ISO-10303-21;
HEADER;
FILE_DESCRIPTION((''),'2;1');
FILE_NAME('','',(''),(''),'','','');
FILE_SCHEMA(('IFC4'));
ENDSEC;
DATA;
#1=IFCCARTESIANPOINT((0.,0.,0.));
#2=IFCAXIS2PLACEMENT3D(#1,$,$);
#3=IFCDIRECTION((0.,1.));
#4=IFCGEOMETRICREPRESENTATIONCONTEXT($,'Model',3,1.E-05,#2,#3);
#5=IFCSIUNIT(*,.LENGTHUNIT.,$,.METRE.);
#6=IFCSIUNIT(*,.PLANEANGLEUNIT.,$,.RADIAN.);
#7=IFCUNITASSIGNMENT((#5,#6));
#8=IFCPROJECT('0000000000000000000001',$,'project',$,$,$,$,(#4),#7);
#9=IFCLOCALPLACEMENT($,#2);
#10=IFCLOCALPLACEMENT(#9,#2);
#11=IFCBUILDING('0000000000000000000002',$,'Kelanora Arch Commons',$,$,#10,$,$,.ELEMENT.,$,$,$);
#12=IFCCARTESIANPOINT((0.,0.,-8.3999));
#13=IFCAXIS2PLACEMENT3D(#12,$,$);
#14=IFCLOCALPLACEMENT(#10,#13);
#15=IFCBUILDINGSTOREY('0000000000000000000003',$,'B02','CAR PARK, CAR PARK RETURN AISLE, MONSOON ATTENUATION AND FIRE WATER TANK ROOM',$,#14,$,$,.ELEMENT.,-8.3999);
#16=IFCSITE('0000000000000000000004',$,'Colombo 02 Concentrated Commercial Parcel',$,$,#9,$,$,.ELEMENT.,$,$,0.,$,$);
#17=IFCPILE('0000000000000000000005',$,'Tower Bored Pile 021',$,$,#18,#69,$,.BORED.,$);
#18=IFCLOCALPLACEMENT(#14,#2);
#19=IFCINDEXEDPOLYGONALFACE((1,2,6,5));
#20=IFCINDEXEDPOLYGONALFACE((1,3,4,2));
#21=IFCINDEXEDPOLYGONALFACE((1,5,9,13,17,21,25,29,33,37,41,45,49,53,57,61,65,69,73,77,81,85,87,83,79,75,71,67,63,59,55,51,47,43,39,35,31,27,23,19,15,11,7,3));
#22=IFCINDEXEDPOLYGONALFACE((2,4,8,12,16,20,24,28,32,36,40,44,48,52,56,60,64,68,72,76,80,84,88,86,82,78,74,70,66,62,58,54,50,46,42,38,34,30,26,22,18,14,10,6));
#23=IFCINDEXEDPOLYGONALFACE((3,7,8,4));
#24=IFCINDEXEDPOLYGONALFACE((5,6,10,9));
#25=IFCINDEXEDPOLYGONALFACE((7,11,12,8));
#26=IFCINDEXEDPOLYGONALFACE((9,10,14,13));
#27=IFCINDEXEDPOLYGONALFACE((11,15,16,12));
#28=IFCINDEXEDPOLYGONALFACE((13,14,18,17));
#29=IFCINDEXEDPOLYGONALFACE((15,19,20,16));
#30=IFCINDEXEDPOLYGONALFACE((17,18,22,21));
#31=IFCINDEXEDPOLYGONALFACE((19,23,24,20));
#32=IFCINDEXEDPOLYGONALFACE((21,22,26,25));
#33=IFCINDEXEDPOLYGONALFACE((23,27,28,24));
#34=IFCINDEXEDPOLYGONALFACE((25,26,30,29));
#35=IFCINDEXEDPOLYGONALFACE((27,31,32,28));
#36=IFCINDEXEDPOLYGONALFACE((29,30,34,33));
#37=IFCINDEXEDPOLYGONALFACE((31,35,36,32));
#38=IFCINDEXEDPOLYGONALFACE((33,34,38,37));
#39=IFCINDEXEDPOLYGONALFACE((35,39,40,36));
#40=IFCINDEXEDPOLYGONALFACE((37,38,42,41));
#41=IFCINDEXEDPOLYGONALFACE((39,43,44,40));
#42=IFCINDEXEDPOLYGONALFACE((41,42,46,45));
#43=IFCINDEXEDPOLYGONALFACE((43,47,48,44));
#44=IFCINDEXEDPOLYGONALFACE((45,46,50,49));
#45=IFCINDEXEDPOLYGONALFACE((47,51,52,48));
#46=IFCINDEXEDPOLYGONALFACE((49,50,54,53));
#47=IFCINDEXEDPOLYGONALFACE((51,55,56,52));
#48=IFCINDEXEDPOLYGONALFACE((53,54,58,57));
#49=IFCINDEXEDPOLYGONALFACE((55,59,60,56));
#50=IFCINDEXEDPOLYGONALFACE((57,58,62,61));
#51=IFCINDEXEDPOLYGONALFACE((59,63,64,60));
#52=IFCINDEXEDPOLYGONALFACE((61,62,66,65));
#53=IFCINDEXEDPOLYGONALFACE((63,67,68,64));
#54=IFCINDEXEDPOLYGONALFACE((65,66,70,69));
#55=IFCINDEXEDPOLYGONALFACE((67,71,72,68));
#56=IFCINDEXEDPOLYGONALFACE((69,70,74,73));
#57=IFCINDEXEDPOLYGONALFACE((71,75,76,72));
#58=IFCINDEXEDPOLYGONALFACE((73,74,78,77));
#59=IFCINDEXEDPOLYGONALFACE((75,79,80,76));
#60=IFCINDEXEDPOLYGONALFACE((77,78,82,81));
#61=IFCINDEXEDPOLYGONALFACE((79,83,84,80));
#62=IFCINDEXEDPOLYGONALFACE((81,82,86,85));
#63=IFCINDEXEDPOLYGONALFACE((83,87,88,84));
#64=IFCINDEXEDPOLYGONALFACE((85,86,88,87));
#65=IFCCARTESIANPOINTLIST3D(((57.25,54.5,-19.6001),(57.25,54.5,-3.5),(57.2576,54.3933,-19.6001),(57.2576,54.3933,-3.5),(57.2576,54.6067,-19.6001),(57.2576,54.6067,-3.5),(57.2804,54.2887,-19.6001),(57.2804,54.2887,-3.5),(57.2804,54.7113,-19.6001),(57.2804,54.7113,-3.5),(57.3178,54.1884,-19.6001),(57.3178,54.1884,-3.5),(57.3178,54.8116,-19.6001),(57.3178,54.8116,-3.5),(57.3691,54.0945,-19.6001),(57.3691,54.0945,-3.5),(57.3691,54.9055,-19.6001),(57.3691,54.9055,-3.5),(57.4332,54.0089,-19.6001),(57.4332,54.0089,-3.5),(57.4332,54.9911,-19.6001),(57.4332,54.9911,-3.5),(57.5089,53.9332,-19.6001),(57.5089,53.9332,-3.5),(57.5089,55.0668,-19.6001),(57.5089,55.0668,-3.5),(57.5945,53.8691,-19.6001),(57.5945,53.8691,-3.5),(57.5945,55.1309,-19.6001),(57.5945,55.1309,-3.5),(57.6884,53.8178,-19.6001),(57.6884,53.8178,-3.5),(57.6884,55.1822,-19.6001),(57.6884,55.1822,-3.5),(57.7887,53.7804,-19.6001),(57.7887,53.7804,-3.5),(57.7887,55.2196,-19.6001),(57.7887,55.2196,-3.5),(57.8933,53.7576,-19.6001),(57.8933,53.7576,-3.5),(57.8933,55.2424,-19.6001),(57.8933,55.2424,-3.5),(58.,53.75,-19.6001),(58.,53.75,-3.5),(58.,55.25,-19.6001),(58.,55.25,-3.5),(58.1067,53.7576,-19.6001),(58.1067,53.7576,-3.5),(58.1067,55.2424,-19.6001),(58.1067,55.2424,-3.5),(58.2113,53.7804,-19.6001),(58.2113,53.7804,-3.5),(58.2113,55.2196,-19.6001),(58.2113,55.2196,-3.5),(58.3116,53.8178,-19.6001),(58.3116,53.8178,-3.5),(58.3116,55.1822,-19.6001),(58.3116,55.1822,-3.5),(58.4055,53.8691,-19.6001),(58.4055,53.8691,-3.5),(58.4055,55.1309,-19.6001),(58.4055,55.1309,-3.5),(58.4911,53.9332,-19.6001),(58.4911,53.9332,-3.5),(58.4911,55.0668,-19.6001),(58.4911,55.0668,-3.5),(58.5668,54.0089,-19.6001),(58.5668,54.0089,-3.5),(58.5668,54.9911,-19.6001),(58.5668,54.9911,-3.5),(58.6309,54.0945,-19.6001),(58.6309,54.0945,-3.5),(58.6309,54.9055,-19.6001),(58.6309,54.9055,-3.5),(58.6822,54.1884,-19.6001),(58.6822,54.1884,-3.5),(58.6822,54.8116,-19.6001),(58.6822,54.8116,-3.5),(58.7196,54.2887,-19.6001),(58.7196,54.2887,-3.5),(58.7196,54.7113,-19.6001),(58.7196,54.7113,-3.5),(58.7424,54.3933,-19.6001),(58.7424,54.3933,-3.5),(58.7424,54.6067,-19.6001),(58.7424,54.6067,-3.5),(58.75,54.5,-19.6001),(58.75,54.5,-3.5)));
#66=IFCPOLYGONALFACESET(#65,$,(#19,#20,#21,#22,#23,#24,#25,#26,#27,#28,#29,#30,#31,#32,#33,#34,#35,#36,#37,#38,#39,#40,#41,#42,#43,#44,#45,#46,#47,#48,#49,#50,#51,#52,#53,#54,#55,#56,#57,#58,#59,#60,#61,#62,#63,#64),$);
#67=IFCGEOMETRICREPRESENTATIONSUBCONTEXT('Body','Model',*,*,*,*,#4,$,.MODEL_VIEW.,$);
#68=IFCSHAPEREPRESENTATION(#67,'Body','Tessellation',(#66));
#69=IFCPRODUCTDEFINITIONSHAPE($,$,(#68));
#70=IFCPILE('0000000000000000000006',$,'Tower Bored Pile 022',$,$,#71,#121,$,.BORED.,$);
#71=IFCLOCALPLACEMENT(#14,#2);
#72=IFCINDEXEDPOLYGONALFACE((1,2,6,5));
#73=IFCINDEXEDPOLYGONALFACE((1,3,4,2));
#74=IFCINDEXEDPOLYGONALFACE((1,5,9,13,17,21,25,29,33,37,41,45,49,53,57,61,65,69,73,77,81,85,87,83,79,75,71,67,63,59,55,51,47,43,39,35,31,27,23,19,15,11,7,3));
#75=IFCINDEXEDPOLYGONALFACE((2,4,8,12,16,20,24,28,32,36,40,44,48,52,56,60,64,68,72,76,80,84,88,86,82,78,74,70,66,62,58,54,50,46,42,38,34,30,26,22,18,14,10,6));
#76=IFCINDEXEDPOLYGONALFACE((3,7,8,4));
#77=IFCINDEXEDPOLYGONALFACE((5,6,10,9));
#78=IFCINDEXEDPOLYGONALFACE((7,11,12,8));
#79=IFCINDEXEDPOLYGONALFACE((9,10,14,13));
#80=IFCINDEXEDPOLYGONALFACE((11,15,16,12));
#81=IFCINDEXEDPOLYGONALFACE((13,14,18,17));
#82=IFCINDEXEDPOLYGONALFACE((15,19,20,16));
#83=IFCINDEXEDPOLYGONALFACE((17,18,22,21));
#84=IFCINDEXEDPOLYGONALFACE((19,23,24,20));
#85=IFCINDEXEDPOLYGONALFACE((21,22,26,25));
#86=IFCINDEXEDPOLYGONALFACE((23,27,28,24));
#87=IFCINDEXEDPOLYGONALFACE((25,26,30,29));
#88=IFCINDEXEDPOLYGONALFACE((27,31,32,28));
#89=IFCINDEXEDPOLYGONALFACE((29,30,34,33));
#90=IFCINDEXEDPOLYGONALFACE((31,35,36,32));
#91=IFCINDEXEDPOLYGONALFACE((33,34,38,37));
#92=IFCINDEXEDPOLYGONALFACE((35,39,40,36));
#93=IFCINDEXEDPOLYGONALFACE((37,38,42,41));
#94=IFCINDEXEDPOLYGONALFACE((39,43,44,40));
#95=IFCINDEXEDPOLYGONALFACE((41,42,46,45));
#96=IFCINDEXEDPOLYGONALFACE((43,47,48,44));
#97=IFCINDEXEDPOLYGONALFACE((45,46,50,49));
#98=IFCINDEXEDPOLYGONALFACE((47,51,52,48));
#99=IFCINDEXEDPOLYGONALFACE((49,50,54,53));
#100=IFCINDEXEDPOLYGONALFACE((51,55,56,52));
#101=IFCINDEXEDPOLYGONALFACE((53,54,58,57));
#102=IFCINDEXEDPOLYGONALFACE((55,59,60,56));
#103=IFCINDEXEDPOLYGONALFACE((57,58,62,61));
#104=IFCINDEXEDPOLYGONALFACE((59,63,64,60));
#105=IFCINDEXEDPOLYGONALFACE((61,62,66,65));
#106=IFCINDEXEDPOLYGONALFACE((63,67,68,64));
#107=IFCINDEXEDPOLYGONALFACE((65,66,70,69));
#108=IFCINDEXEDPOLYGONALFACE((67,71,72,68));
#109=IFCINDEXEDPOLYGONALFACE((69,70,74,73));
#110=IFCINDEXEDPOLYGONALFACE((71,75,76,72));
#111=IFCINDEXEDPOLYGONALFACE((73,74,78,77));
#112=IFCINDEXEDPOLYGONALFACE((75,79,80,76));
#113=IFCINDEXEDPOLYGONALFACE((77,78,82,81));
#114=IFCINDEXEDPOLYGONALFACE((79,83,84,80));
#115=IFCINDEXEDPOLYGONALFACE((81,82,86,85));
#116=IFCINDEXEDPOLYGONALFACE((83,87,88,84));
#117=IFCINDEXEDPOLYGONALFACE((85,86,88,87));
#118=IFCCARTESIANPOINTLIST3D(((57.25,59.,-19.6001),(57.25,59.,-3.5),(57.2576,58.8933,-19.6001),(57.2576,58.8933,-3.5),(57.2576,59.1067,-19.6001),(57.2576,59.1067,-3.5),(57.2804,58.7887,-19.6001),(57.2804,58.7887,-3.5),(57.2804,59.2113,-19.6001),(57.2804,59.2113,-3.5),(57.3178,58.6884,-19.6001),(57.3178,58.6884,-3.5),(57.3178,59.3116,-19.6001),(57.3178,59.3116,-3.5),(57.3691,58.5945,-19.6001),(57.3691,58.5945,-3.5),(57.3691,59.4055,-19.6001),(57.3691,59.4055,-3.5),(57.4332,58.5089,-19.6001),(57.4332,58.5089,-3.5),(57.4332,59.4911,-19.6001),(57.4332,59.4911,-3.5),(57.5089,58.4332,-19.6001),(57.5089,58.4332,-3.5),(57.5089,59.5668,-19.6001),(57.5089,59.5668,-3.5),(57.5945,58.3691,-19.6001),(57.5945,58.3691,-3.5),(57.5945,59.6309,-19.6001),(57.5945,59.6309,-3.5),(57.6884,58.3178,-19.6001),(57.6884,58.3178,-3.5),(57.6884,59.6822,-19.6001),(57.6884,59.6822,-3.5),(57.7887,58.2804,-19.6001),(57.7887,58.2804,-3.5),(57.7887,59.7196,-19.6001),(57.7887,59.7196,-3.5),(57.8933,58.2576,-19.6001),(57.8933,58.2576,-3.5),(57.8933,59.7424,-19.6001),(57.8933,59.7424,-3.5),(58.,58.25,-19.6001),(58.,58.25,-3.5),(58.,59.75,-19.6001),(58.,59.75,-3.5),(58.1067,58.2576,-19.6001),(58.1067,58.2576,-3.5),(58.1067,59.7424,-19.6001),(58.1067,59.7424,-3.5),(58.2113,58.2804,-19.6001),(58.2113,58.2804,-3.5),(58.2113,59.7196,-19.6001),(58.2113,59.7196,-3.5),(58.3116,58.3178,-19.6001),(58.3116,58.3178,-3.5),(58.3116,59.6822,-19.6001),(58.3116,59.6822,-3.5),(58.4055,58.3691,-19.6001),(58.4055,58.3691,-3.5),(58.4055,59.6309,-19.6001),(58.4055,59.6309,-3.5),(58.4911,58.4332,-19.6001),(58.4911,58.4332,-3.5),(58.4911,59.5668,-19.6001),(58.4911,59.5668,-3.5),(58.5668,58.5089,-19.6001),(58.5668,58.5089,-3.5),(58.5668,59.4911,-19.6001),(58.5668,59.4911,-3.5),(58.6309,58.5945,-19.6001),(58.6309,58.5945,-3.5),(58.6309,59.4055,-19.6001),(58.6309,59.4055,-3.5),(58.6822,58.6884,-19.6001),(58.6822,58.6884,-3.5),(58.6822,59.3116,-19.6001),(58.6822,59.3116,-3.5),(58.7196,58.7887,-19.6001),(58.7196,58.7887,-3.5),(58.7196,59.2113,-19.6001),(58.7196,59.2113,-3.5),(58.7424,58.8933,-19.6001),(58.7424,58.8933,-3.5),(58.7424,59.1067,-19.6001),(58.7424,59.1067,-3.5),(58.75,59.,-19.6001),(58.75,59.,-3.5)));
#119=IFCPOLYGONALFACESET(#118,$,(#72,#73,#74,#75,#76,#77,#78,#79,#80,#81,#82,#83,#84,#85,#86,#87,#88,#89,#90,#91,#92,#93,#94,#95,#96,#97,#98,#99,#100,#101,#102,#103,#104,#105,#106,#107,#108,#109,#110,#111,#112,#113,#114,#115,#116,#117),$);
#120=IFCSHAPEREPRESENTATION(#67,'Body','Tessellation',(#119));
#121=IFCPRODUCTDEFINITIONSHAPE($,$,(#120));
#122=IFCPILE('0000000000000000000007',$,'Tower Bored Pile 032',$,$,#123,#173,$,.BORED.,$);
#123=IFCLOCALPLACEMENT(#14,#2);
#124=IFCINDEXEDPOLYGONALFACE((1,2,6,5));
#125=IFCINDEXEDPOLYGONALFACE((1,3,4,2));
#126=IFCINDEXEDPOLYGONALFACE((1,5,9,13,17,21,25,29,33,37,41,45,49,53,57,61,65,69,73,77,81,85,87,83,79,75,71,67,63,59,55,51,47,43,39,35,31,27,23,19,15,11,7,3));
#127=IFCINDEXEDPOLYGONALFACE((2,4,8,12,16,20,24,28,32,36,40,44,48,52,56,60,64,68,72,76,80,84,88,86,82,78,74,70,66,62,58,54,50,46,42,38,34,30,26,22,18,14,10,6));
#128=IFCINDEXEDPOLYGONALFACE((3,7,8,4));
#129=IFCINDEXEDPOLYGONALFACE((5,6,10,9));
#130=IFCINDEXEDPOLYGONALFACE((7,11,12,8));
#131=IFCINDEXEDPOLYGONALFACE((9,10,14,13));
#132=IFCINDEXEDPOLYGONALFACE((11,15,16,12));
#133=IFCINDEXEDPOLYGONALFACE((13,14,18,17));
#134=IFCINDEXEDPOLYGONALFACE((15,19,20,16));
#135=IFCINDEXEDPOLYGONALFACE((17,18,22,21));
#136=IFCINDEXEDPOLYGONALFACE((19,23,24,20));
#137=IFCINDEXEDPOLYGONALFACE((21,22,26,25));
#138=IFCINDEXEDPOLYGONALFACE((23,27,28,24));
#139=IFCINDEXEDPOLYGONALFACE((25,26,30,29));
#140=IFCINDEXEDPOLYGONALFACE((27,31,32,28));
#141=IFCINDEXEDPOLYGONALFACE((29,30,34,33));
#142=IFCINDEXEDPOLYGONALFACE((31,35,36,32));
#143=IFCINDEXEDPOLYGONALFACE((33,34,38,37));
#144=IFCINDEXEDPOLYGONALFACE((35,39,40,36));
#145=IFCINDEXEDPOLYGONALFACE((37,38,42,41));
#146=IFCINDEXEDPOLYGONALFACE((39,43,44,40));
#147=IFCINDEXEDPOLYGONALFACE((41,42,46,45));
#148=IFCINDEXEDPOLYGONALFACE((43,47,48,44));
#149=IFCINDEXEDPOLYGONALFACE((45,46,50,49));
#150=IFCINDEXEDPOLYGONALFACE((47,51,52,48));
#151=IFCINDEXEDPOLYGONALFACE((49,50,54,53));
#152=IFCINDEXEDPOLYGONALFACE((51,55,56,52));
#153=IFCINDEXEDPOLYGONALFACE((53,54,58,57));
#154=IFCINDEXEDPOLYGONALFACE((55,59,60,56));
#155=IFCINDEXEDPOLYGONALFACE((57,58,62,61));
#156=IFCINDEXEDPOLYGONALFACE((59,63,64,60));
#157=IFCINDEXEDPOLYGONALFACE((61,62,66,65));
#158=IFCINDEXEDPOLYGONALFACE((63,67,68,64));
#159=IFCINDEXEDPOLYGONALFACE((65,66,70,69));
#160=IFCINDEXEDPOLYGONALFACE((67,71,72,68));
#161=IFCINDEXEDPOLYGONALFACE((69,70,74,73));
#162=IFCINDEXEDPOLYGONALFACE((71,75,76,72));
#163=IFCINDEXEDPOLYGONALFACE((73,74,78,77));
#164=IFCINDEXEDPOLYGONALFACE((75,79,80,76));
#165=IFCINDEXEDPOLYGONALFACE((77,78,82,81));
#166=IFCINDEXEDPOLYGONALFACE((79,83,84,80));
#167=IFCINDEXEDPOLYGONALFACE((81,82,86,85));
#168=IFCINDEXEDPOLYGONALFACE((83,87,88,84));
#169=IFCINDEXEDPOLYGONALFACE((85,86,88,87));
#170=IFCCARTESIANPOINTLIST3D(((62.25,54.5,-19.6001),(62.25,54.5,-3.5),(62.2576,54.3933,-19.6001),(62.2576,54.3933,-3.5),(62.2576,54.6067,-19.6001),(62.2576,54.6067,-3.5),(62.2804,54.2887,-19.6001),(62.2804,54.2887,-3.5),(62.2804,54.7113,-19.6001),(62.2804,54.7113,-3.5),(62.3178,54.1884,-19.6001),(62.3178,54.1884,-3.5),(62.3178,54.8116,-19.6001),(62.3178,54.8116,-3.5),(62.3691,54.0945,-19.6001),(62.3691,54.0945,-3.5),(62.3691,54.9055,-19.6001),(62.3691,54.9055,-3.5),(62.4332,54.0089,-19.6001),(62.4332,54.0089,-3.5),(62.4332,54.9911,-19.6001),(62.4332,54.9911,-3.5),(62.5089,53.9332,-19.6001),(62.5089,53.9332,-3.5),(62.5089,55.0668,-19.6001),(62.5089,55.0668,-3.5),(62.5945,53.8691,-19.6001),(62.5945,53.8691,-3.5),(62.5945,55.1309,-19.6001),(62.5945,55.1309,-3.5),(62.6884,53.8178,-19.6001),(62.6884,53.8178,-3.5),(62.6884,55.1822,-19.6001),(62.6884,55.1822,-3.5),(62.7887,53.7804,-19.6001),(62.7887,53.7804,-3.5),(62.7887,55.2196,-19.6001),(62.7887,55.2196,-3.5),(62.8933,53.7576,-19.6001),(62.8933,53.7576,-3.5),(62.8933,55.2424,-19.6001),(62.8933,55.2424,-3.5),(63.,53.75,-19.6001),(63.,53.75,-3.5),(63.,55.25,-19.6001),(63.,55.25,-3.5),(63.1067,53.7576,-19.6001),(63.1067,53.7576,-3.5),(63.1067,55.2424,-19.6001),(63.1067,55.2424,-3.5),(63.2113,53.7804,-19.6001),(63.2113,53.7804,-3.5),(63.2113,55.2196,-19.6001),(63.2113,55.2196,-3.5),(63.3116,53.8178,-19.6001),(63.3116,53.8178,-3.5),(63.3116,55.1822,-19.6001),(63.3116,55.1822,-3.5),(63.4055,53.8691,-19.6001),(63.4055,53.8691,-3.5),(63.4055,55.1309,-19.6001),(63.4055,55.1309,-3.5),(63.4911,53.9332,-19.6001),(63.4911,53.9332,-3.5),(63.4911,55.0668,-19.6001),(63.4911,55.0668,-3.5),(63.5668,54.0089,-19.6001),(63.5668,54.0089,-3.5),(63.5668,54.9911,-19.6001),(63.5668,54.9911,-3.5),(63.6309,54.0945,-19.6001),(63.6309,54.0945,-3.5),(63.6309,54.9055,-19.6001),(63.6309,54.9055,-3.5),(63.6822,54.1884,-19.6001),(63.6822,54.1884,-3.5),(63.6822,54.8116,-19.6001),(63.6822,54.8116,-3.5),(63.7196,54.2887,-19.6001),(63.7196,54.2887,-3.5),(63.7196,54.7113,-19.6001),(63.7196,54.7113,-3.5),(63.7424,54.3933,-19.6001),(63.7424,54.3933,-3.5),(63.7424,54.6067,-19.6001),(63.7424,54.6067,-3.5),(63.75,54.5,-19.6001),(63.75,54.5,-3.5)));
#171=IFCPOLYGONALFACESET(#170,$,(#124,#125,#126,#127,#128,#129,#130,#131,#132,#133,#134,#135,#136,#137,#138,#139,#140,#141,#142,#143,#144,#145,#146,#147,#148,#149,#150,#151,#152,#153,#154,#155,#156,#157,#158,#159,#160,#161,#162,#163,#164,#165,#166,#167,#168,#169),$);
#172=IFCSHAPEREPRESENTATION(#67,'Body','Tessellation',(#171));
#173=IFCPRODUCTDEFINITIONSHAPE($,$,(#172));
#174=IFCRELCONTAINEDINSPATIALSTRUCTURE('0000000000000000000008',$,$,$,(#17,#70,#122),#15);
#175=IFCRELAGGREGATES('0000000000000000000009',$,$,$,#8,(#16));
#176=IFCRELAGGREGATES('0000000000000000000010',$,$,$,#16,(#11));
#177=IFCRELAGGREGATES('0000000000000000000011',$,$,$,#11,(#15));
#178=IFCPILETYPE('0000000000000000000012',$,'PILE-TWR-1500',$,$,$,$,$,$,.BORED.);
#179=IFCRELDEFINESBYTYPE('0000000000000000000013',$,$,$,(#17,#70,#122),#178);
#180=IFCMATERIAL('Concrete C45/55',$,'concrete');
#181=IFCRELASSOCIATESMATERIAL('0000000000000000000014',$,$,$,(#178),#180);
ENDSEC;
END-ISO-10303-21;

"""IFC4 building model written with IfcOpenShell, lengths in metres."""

from ifc_helpers import new_model, si_unit, direction, frame, origin, origin_2d, place, context, subcontext, project, spatial, circle, extrude, source, transform, mapped, material, material_profile, profile_set, type_object, element, save


model = new_model("IFC4")

# Units and contexts
model_context = context("Model", 3, precision=1e-05, world=origin(), true_north=direction((0.0, 1.0)))
body_context = subcontext(model_context, "Body", "Model", "MODEL_VIEW")
ifc_project = project(units=[si_unit("LENGTHUNIT", "METRE"), si_unit("PLANEANGLEUNIT", "RADIAN")], contexts=[model_context])

# Site, building, storey
site_placement = place(None, origin())
site = spatial("IfcSite", under=ifc_project, at=site_placement, Name="Colombo 02 Concentrated Commercial Parcel", CompositionType="ELEMENT", RefElevation=0.0)
building_placement = place(site_placement, origin())
building = spatial("IfcBuilding", under=site, at=building_placement, Name="Kelanora Arch Commons", CompositionType="ELEMENT")
storey_placement = place(building_placement, frame((0.0, 0.0, -8.3999)))
storey = spatial("IfcBuildingStorey", under=building, at=storey_placement, Name="B02", Description="CAR PARK, CAR PARK RETURN AISLE, MONSOON ATTENUATION AND FIRE WATER TANK ROOM", CompositionType="ELEMENT", Elevation=-8.3999)

# Piles
ifc_material_1 = material(Name="Concrete C45/55", Category="concrete")
ifc_material_profile_1 = material_profile(ifc_material_1, circle(Radius=0.75, at=origin_2d()), Name="PILE1500")
ifc_profile_set_1 = profile_set([ifc_material_profile_1], Name="Concrete C45/55")
pile_type = type_object("IfcPileType", Name="PILE-TWR-1500", PredefinedType="BORED", material=ifc_profile_set_1)
shared_shape = source(origin(), body_context, "Body", "SweptSolid", [
    extrude(circle(Radius=0.75, at=origin_2d()), origin(), (0.0, 0.0, 1.0), 16.1001),
])
for number, where, z_axis, x_axis, name in (
    (1, (58.0, 54.5, -3.5), (0.0, 0.0, -1.0), (1.0, 0.0, 0.0), "Tower Bored Pile 021"),
    (2, (58.0, 59.0, -3.5), (0.0, 0.0, -1.0), (1.0, 0.0, 0.0), "Tower Bored Pile 022"),
    (3, (63.0, 54.5, -3.5), (0.0, 0.0, -1.0), (1.0, 0.0, 0.0), "Tower Bored Pile 032"),
):
    element("IfcPile", number, at=place(storey_placement, frame(where, z_axis=z_axis, x_axis=x_axis)), inside=storey, type_object=pile_type, Name=name, PredefinedType="BORED", context=body_context, shape_type="MappedRepresentation", body=[
        mapped(shared_shape, transform((0.0, 0.0, 0.0), scale=1.0)),
    ])

save(model, "model.ifc")
